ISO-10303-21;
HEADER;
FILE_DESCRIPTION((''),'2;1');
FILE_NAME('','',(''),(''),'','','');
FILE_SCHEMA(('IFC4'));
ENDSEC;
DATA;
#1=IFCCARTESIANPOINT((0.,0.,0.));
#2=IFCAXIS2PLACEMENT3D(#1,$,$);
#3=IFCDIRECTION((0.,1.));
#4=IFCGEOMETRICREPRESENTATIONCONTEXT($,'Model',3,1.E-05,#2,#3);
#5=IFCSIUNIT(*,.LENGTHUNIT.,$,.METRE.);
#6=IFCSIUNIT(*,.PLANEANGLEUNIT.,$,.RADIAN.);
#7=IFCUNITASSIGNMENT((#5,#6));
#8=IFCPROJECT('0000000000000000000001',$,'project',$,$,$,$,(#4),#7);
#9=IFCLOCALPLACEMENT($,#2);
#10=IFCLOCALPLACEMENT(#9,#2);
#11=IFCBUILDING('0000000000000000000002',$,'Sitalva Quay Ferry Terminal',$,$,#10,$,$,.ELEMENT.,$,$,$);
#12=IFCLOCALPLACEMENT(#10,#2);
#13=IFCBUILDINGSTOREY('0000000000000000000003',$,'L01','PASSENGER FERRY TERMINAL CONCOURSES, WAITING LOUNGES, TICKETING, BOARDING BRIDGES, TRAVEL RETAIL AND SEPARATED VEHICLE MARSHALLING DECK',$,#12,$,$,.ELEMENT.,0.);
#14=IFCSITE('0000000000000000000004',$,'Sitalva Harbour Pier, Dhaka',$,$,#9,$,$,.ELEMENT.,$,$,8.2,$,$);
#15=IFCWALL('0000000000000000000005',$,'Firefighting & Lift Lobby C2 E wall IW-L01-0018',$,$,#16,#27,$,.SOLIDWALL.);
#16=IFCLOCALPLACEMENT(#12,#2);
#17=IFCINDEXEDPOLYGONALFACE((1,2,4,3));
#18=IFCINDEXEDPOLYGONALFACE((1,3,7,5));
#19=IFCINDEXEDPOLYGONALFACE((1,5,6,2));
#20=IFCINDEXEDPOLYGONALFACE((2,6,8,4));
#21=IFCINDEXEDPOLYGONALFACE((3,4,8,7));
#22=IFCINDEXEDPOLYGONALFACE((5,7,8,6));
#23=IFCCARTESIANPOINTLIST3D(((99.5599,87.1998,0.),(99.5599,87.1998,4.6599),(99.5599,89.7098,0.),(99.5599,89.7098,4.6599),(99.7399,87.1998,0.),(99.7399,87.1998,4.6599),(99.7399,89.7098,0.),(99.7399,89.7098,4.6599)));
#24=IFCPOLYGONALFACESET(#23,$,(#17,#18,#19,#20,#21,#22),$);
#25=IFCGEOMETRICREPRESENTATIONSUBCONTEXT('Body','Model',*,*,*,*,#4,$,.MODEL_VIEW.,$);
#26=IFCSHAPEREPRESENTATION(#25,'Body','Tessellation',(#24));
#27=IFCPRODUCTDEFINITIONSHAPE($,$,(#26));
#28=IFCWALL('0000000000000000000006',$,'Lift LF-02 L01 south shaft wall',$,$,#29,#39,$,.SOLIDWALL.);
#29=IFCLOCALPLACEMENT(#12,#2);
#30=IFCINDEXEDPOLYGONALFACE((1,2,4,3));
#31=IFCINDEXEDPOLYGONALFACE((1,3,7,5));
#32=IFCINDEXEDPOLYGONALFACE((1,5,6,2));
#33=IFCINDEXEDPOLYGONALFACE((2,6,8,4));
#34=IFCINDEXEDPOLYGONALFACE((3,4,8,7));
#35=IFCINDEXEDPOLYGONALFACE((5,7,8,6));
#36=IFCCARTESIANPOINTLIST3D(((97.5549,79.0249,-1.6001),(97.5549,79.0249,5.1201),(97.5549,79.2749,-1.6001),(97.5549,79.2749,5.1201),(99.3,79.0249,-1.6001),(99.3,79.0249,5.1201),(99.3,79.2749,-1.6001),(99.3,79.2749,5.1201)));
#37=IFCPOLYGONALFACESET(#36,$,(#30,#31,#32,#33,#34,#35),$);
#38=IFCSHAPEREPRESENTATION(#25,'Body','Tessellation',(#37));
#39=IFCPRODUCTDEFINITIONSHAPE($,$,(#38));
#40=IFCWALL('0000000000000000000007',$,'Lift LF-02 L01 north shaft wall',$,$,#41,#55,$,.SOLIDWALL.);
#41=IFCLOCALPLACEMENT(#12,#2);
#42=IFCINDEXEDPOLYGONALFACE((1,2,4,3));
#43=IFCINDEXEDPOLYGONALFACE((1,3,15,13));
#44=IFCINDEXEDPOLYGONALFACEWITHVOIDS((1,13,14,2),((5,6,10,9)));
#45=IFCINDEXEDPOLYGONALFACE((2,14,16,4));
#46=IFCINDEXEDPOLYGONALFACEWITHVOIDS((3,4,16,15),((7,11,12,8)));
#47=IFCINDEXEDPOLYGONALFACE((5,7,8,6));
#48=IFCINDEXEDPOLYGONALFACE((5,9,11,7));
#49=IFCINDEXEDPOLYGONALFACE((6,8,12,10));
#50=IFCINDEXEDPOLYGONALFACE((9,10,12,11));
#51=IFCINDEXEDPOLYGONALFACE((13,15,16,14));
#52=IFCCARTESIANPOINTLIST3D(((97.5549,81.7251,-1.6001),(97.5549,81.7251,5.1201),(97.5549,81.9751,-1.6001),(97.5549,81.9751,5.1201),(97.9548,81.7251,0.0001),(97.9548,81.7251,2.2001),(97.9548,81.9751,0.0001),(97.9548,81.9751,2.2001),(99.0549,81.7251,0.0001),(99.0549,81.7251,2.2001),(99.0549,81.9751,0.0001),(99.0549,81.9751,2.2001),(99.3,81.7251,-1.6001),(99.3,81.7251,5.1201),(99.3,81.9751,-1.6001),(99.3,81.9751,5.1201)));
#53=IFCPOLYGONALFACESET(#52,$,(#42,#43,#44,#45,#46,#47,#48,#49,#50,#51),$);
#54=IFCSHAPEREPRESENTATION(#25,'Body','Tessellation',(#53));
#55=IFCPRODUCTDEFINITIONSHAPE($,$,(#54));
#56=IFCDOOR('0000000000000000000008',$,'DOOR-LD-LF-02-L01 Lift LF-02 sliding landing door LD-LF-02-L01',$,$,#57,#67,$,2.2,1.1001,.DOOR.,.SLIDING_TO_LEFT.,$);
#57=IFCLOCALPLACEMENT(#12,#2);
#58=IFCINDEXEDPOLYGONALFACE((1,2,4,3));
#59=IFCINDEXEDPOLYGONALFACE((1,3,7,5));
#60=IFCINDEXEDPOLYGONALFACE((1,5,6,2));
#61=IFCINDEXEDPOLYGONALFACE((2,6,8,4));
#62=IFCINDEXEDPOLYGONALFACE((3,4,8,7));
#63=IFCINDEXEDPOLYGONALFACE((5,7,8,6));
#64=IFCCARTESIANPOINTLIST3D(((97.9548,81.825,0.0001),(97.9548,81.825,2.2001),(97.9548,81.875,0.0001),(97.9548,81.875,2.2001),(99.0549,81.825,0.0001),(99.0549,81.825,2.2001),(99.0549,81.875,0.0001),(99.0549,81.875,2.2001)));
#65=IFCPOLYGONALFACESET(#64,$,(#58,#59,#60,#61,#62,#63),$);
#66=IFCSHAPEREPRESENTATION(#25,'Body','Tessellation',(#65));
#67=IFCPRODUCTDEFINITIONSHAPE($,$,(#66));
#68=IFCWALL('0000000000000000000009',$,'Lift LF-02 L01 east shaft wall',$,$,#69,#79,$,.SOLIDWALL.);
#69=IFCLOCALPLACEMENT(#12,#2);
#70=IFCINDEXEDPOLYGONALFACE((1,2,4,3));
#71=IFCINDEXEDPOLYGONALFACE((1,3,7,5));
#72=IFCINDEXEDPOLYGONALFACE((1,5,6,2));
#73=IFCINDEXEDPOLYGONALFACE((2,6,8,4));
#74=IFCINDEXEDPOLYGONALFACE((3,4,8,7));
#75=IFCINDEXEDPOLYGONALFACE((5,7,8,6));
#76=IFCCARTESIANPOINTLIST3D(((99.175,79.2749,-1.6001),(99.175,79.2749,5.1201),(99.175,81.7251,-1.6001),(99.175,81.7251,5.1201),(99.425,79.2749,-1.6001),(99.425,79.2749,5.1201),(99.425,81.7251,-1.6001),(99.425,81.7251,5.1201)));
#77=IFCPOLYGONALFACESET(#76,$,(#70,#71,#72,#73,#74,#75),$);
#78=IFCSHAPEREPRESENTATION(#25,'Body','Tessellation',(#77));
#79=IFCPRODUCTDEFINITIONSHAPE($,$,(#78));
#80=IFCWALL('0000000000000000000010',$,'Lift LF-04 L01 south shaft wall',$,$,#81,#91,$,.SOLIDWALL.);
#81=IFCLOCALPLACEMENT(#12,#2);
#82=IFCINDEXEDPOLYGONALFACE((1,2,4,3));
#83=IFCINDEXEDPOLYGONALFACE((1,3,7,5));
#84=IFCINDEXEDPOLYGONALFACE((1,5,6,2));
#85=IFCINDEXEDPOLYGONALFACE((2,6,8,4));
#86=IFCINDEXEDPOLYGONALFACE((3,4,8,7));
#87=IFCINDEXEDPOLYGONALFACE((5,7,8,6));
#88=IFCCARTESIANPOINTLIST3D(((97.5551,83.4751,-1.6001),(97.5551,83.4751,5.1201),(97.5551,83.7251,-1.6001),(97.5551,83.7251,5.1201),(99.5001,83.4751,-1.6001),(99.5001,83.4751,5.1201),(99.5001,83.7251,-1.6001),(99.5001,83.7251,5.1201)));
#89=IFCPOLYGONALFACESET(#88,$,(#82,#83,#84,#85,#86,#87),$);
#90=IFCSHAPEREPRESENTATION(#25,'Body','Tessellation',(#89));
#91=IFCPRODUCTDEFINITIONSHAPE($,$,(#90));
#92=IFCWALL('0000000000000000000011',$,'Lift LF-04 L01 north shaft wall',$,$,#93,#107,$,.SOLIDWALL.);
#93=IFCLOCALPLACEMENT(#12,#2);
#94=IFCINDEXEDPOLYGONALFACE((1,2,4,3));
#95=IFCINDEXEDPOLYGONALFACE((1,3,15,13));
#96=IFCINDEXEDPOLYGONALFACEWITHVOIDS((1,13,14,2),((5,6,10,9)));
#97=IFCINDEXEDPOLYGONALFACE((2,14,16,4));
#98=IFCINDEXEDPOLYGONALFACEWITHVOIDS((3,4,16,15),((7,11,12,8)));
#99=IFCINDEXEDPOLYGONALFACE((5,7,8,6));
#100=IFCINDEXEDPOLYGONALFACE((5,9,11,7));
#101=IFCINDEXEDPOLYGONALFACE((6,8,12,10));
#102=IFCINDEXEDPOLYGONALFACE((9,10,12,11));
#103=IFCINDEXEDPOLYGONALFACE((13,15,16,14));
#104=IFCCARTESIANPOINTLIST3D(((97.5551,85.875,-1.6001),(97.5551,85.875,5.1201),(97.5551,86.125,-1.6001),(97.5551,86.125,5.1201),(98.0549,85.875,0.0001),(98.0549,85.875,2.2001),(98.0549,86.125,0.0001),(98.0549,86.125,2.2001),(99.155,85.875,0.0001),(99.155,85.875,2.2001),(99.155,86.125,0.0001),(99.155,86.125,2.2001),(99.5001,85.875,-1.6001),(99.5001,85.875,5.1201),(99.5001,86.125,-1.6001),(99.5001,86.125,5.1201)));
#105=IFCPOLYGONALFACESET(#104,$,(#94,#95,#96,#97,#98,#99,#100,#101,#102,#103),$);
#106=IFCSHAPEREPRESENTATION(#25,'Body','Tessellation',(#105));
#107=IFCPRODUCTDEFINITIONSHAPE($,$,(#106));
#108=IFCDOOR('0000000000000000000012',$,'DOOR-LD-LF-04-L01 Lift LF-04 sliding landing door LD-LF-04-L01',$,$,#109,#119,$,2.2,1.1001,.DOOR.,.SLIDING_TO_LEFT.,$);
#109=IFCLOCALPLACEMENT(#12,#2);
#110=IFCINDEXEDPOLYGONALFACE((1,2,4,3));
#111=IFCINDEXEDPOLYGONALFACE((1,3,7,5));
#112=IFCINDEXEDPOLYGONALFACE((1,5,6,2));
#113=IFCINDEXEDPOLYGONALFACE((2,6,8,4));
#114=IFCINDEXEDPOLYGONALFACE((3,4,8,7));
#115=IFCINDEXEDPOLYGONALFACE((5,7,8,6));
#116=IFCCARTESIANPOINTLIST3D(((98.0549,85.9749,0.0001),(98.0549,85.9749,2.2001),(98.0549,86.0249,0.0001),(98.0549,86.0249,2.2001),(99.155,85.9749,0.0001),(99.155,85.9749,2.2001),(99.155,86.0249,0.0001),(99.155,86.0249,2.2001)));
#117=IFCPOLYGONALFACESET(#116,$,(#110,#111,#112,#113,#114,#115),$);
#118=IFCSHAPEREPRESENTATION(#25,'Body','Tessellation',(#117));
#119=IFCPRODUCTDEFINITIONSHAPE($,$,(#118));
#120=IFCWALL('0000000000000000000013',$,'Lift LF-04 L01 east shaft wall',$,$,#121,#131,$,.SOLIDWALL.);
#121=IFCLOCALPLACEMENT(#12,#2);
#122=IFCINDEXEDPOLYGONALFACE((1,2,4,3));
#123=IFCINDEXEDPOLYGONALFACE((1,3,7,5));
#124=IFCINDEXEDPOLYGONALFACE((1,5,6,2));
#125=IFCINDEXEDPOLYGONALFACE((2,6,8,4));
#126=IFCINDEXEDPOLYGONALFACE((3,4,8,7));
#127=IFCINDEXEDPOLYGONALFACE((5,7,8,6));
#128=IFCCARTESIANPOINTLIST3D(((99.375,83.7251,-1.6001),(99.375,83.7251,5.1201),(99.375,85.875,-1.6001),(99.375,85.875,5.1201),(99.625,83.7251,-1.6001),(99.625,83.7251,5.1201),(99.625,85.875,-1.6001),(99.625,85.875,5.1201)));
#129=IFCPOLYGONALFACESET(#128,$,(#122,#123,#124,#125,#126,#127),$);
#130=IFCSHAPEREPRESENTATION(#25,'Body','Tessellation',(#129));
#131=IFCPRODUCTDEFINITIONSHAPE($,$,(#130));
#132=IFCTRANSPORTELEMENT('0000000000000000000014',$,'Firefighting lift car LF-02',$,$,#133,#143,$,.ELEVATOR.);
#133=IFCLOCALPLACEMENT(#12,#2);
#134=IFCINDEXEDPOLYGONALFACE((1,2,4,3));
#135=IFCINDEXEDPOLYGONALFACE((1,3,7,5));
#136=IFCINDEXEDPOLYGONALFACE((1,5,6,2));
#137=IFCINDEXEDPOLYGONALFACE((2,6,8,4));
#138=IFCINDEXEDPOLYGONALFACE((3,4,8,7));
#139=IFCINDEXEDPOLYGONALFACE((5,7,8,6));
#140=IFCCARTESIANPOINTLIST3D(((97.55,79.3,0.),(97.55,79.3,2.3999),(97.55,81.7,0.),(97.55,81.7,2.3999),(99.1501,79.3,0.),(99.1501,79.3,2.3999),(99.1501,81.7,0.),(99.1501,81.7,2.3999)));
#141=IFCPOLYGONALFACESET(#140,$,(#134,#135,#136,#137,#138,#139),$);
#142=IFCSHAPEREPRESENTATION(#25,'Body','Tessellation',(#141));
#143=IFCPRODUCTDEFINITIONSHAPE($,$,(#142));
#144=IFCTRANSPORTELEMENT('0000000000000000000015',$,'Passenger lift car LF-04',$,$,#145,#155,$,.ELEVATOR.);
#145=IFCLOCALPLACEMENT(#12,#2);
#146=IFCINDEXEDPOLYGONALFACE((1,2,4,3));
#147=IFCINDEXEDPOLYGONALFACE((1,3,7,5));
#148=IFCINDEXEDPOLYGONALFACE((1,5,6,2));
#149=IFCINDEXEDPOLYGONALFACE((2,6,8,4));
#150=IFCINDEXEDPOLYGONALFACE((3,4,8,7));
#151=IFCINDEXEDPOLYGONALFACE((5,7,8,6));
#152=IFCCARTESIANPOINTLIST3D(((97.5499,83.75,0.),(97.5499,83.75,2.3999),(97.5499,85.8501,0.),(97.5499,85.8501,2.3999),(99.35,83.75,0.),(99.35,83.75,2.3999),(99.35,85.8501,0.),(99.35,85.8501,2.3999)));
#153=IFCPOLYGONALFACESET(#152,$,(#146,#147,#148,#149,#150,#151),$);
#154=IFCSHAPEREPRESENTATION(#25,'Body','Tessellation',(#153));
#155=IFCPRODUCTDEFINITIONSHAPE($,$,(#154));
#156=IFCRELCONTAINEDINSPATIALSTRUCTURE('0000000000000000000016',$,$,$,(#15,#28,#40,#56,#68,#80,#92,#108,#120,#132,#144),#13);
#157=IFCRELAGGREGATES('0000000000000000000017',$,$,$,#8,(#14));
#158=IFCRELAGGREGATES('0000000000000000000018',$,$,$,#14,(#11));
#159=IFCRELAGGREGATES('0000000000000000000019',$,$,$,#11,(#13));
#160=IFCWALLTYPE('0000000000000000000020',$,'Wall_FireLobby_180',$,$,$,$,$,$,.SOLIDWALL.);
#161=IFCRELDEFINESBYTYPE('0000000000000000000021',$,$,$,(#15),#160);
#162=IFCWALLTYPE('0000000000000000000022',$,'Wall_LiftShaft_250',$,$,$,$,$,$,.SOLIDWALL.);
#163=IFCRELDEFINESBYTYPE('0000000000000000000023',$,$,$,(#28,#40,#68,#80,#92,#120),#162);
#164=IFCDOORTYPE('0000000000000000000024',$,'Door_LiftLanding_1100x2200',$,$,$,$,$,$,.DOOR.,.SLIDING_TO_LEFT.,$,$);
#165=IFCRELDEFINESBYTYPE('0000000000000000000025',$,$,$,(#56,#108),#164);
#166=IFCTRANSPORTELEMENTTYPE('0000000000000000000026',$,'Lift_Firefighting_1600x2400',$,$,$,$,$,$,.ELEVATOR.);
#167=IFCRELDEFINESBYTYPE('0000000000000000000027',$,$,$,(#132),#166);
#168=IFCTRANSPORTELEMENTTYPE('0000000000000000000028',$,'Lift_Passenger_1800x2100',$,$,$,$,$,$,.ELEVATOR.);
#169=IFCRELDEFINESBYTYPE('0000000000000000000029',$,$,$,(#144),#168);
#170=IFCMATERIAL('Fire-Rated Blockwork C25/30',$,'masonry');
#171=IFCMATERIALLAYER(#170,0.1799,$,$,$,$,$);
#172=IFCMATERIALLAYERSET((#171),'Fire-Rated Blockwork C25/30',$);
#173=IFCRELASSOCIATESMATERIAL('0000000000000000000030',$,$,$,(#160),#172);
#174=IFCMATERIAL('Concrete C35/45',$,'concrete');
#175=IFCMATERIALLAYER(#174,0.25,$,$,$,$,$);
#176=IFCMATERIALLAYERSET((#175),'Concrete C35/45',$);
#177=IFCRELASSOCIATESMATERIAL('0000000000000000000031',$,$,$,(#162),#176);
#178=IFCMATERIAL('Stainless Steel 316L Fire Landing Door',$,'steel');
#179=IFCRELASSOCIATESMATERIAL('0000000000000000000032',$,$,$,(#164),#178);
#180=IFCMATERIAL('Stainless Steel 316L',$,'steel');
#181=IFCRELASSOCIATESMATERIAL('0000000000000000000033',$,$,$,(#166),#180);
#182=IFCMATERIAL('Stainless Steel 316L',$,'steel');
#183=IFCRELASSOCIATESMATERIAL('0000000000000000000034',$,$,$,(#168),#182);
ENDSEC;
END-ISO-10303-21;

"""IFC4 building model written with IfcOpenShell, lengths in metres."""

from ifc_helpers import new_model, si_unit, direction, frame, frame_2d, origin, origin_2d, place, context, subcontext, project, spatial, rectangle, extrude, material, layer, layer_set, type_object, element, fill, save


model = new_model("IFC4")

# Units and contexts
model_context = context("Model", 3, precision=1e-05, world=origin(), true_north=direction((0.0, 1.0)))
body_context = subcontext(model_context, "Body", "Model", "MODEL_VIEW")
ifc_project = project(units=[si_unit("LENGTHUNIT", "METRE"), si_unit("PLANEANGLEUNIT", "RADIAN")], contexts=[model_context])

# Site, building, storey
site_placement = place(None, origin())
site = spatial("IfcSite", under=ifc_project, at=site_placement, Name="Sitalva Harbour Pier, Dhaka", CompositionType="ELEMENT", RefElevation=8.2)
building_placement = place(site_placement, origin())
building = spatial("IfcBuilding", under=site, at=building_placement, Name="Sitalva Quay Ferry Terminal", CompositionType="ELEMENT")
storey_placement = place(building_placement, origin())
storey = spatial("IfcBuildingStorey", under=building, at=storey_placement, Name="L01", Description="PASSENGER FERRY TERMINAL CONCOURSES, WAITING LOUNGES, TICKETING, BOARDING BRIDGES, TRAVEL RETAIL AND SEPARATED VEHICLE MARSHALLING DECK", CompositionType="ELEMENT", Elevation=0.0)

# Walls
ifc_material_1 = material(Name="Fire-Rated Blockwork C25/30", Category="masonry")
ifc_layer_1 = layer(ifc_material_1, 0.1799)
ifc_layer_set_1 = layer_set([ifc_layer_1], Name="Fire-Rated Blockwork C25/30")
wall_type_1 = type_object("IfcWallType", Name="Wall_FireLobby_180", PredefinedType="SOLIDWALL", material=ifc_layer_set_1)
wall_1_placement = place(storey_placement, frame((99.6499, 87.2, 0.0), z_axis=(0.0, 0.0, 1.0), x_axis=(0.0, 1.0, 0.0)))
element("IfcWall", 1, at=wall_1_placement, inside=storey, type_object=wall_type_1, Name="Firefighting & Lift Lobby C2 E wall IW-L01-0018", PredefinedType="SOLIDWALL", context=body_context, shape_type="SweptSolid", body=[
    extrude(rectangle(XDim=2.51, YDim=0.1799, at=frame_2d((1.2549, 0.0))), origin(), (0.0, 0.0, 1.0), 4.6599),
])
ifc_material_2 = material(Name="Concrete C35/45", Category="concrete")
ifc_layer_2 = layer(ifc_material_2, 0.25)
ifc_layer_set_2 = layer_set([ifc_layer_2], Name="Concrete C35/45")
wall_type_2 = type_object("IfcWallType", Name="Wall_LiftShaft_250", PredefinedType="SOLIDWALL", material=ifc_layer_set_2)
wall_2_placement = place(storey_placement, frame((97.5549, 79.1499, -1.6001), z_axis=(0.0, 0.0, 1.0), x_axis=(1.0, 0.0, 0.0)))
element("IfcWall", 2, at=wall_2_placement, inside=storey, type_object=wall_type_2, Name="Lift LF-02 L01 south shaft wall", PredefinedType="SOLIDWALL", context=body_context, shape_type="SweptSolid", body=[
    extrude(rectangle(XDim=1.7451, YDim=0.25, at=frame_2d((0.8726, 0.0))), origin(), (0.0, 0.0, 1.0), 6.7202),
])

# Wall, opening, door
wall_3_placement = place(storey_placement, frame((97.5549, 81.8501, -1.6001), z_axis=(0.0, 0.0, 1.0), x_axis=(1.0, 0.0, 0.0)))
wall_3 = element("IfcWall", 3, at=wall_3_placement, inside=storey, type_object=wall_type_2, Name="Lift LF-02 L01 north shaft wall", PredefinedType="SOLIDWALL", context=body_context, shape_type="SweptSolid", body=[
    extrude(rectangle(XDim=1.7451, YDim=0.25, at=frame_2d((0.8726, 0.0))), origin(), (0.0, 0.0, 1.0), 6.7202),
])
opening_1_placement = place(wall_3_placement, frame((0.3999, 0.0, 1.6001)))
opening_1 = element("IfcOpeningElement", 4, at=opening_1_placement, cuts=wall_3, PredefinedType="OPENING", context=body_context, shape_type="SweptSolid", body=[
    extrude(rectangle(XDim=1.1001, YDim=2.2, at=frame_2d((0.55, 1.1001))), frame((0.0, 0.135, 0.0), z_axis=(0.0, -1.0, 0.0), x_axis=(1.0, 0.0, 0.0)), (0.0, 0.0, 1.0), 0.27),
])
ifc_material_3 = material(Name="Stainless Steel 316L Fire Landing Door", Category="steel")
door_type = type_object("IfcDoorType", Name="Door_LiftLanding_1100x2200", OperationType="SLIDING_TO_LEFT", PredefinedType="DOOR", material=ifc_material_3)
door_1_placement = place(opening_1_placement, origin())
door_1 = element("IfcDoor", 5, at=door_1_placement, inside=storey, type_object=door_type, Name="DOOR-LD-LF-02-L01 Lift LF-02 sliding landing door LD-LF-02-L01", OperationType="SLIDING_TO_LEFT", OverallHeight=2.2, OverallWidth=1.1001, PredefinedType="DOOR", context=body_context, shape_type="SweptSolid", body=[
    extrude(rectangle(XDim=1.1001, YDim=2.2, at=frame_2d((0.55, 1.1001))), frame((0.0, 0.0249, 0.0), z_axis=(0.0, -1.0, 0.0), x_axis=(1.0, 0.0, 0.0)), (0.0, 0.0, 1.0), 0.05),
])
fill(opening_1, door_1)

# Walls
wall_4_placement = place(storey_placement, frame((99.3, 79.2749, -1.6001), z_axis=(0.0, 0.0, 1.0), x_axis=(0.0, 1.0, 0.0)))
element("IfcWall", 6, at=wall_4_placement, inside=storey, type_object=wall_type_2, Name="Lift LF-02 L01 east shaft wall", PredefinedType="SOLIDWALL", context=body_context, shape_type="SweptSolid", body=[
    extrude(rectangle(XDim=2.4502, YDim=0.25, at=frame_2d((1.2251, 0.0))), origin(), (0.0, 0.0, 1.0), 6.7202),
])
wall_5_placement = place(storey_placement, frame((97.5549, 83.6001, -1.6001), z_axis=(0.0, 0.0, 1.0), x_axis=(1.0, 0.0, 0.0)))
element("IfcWall", 7, at=wall_5_placement, inside=storey, type_object=wall_type_2, Name="Lift LF-04 L01 south shaft wall", PredefinedType="SOLIDWALL", context=body_context, shape_type="SweptSolid", body=[
    extrude(rectangle(XDim=1.9451, YDim=0.25, at=frame_2d((0.9727, 0.0))), origin(), (0.0, 0.0, 1.0), 6.7202),
])

# Wall, opening, door
wall_6_placement = place(storey_placement, frame((97.5549, 86.0, -1.6001), z_axis=(0.0, 0.0, 1.0), x_axis=(1.0, 0.0, 0.0)))
wall_6 = element("IfcWall", 8, at=wall_6_placement, inside=storey, type_object=wall_type_2, Name="Lift LF-04 L01 north shaft wall", PredefinedType="SOLIDWALL", context=body_context, shape_type="SweptSolid", body=[
    extrude(rectangle(XDim=1.9451, YDim=0.25, at=frame_2d((0.9727, 0.0))), origin(), (0.0, 0.0, 1.0), 6.7202),
])
opening_2_placement = place(wall_6_placement, frame((0.5, 0.0, 1.6001)))
opening_2 = element("IfcOpeningElement", 9, at=opening_2_placement, cuts=wall_6, PredefinedType="OPENING", context=body_context, shape_type="SweptSolid", body=[
    extrude(rectangle(XDim=1.1001, YDim=2.2, at=frame_2d((0.55, 1.1001))), frame((0.0, 0.135, 0.0), z_axis=(0.0, -1.0, 0.0), x_axis=(1.0, 0.0, 0.0)), (0.0, 0.0, 1.0), 0.27),
])
door_2_placement = place(opening_2_placement, origin())
door_2 = element("IfcDoor", 10, at=door_2_placement, inside=storey, type_object=door_type, Name="DOOR-LD-LF-04-L01 Lift LF-04 sliding landing door LD-LF-04-L01", OperationType="SLIDING_TO_LEFT", OverallHeight=2.2, OverallWidth=1.1001, PredefinedType="DOOR", context=body_context, shape_type="SweptSolid", body=[
    extrude(rectangle(XDim=1.1001, YDim=2.2, at=frame_2d((0.55, 1.1001))), frame((0.0, 0.0249, 0.0), z_axis=(0.0, -1.0, 0.0), x_axis=(1.0, 0.0, 0.0)), (0.0, 0.0, 1.0), 0.05),
])
fill(opening_2, door_2)

# Wall
wall_7_placement = place(storey_placement, frame((99.5, 83.7251, -1.6001), z_axis=(0.0, 0.0, 1.0), x_axis=(0.0, 1.0, 0.0)))
element("IfcWall", 11, at=wall_7_placement, inside=storey, type_object=wall_type_2, Name="Lift LF-04 L01 east shaft wall", PredefinedType="SOLIDWALL", context=body_context, shape_type="SweptSolid", body=[
    extrude(rectangle(XDim=2.1499, YDim=0.25, at=frame_2d((1.075, 0.0))), origin(), (0.0, 0.0, 1.0), 6.7202),
])

# Transport elements
ifc_material_4 = material(Name="Stainless Steel 316L", Category="steel")
transport_element_type_1 = type_object("IfcTransportElementType", Name="Lift_Firefighting_1600x2400", PredefinedType="ELEVATOR", material=ifc_material_4)
transport_element_1_placement = place(storey_placement, frame((98.3501, 80.5, 0.0), z_axis=(0.0, 0.0, 1.0), x_axis=(1.0, 0.0, 0.0)))
element("IfcTransportElement", 12, at=transport_element_1_placement, inside=storey, type_object=transport_element_type_1, Name="Firefighting lift car LF-02", PredefinedType="ELEVATOR", context=body_context, shape_type="SweptSolid", body=[
    extrude(rectangle(XDim=1.6001, YDim=2.3999, at=origin_2d()), origin(), (0.0, 0.0, 1.0), 2.3999),
])
ifc_material_5 = material(Name="Stainless Steel 316L", Category="steel")
transport_element_type_2 = type_object("IfcTransportElementType", Name="Lift_Passenger_1800x2100", PredefinedType="ELEVATOR", material=ifc_material_5)
transport_element_2_placement = place(storey_placement, frame((98.45, 84.8, 0.0), z_axis=(0.0, 0.0, 1.0), x_axis=(1.0, 0.0, 0.0)))
element("IfcTransportElement", 13, at=transport_element_2_placement, inside=storey, type_object=transport_element_type_2, Name="Passenger lift car LF-04", PredefinedType="ELEVATOR", context=body_context, shape_type="SweptSolid", body=[
    extrude(rectangle(XDim=1.8, YDim=2.1001, at=origin_2d()), origin(), (0.0, 0.0, 1.0), 2.3999),
])

save(model, "model.ifc")
